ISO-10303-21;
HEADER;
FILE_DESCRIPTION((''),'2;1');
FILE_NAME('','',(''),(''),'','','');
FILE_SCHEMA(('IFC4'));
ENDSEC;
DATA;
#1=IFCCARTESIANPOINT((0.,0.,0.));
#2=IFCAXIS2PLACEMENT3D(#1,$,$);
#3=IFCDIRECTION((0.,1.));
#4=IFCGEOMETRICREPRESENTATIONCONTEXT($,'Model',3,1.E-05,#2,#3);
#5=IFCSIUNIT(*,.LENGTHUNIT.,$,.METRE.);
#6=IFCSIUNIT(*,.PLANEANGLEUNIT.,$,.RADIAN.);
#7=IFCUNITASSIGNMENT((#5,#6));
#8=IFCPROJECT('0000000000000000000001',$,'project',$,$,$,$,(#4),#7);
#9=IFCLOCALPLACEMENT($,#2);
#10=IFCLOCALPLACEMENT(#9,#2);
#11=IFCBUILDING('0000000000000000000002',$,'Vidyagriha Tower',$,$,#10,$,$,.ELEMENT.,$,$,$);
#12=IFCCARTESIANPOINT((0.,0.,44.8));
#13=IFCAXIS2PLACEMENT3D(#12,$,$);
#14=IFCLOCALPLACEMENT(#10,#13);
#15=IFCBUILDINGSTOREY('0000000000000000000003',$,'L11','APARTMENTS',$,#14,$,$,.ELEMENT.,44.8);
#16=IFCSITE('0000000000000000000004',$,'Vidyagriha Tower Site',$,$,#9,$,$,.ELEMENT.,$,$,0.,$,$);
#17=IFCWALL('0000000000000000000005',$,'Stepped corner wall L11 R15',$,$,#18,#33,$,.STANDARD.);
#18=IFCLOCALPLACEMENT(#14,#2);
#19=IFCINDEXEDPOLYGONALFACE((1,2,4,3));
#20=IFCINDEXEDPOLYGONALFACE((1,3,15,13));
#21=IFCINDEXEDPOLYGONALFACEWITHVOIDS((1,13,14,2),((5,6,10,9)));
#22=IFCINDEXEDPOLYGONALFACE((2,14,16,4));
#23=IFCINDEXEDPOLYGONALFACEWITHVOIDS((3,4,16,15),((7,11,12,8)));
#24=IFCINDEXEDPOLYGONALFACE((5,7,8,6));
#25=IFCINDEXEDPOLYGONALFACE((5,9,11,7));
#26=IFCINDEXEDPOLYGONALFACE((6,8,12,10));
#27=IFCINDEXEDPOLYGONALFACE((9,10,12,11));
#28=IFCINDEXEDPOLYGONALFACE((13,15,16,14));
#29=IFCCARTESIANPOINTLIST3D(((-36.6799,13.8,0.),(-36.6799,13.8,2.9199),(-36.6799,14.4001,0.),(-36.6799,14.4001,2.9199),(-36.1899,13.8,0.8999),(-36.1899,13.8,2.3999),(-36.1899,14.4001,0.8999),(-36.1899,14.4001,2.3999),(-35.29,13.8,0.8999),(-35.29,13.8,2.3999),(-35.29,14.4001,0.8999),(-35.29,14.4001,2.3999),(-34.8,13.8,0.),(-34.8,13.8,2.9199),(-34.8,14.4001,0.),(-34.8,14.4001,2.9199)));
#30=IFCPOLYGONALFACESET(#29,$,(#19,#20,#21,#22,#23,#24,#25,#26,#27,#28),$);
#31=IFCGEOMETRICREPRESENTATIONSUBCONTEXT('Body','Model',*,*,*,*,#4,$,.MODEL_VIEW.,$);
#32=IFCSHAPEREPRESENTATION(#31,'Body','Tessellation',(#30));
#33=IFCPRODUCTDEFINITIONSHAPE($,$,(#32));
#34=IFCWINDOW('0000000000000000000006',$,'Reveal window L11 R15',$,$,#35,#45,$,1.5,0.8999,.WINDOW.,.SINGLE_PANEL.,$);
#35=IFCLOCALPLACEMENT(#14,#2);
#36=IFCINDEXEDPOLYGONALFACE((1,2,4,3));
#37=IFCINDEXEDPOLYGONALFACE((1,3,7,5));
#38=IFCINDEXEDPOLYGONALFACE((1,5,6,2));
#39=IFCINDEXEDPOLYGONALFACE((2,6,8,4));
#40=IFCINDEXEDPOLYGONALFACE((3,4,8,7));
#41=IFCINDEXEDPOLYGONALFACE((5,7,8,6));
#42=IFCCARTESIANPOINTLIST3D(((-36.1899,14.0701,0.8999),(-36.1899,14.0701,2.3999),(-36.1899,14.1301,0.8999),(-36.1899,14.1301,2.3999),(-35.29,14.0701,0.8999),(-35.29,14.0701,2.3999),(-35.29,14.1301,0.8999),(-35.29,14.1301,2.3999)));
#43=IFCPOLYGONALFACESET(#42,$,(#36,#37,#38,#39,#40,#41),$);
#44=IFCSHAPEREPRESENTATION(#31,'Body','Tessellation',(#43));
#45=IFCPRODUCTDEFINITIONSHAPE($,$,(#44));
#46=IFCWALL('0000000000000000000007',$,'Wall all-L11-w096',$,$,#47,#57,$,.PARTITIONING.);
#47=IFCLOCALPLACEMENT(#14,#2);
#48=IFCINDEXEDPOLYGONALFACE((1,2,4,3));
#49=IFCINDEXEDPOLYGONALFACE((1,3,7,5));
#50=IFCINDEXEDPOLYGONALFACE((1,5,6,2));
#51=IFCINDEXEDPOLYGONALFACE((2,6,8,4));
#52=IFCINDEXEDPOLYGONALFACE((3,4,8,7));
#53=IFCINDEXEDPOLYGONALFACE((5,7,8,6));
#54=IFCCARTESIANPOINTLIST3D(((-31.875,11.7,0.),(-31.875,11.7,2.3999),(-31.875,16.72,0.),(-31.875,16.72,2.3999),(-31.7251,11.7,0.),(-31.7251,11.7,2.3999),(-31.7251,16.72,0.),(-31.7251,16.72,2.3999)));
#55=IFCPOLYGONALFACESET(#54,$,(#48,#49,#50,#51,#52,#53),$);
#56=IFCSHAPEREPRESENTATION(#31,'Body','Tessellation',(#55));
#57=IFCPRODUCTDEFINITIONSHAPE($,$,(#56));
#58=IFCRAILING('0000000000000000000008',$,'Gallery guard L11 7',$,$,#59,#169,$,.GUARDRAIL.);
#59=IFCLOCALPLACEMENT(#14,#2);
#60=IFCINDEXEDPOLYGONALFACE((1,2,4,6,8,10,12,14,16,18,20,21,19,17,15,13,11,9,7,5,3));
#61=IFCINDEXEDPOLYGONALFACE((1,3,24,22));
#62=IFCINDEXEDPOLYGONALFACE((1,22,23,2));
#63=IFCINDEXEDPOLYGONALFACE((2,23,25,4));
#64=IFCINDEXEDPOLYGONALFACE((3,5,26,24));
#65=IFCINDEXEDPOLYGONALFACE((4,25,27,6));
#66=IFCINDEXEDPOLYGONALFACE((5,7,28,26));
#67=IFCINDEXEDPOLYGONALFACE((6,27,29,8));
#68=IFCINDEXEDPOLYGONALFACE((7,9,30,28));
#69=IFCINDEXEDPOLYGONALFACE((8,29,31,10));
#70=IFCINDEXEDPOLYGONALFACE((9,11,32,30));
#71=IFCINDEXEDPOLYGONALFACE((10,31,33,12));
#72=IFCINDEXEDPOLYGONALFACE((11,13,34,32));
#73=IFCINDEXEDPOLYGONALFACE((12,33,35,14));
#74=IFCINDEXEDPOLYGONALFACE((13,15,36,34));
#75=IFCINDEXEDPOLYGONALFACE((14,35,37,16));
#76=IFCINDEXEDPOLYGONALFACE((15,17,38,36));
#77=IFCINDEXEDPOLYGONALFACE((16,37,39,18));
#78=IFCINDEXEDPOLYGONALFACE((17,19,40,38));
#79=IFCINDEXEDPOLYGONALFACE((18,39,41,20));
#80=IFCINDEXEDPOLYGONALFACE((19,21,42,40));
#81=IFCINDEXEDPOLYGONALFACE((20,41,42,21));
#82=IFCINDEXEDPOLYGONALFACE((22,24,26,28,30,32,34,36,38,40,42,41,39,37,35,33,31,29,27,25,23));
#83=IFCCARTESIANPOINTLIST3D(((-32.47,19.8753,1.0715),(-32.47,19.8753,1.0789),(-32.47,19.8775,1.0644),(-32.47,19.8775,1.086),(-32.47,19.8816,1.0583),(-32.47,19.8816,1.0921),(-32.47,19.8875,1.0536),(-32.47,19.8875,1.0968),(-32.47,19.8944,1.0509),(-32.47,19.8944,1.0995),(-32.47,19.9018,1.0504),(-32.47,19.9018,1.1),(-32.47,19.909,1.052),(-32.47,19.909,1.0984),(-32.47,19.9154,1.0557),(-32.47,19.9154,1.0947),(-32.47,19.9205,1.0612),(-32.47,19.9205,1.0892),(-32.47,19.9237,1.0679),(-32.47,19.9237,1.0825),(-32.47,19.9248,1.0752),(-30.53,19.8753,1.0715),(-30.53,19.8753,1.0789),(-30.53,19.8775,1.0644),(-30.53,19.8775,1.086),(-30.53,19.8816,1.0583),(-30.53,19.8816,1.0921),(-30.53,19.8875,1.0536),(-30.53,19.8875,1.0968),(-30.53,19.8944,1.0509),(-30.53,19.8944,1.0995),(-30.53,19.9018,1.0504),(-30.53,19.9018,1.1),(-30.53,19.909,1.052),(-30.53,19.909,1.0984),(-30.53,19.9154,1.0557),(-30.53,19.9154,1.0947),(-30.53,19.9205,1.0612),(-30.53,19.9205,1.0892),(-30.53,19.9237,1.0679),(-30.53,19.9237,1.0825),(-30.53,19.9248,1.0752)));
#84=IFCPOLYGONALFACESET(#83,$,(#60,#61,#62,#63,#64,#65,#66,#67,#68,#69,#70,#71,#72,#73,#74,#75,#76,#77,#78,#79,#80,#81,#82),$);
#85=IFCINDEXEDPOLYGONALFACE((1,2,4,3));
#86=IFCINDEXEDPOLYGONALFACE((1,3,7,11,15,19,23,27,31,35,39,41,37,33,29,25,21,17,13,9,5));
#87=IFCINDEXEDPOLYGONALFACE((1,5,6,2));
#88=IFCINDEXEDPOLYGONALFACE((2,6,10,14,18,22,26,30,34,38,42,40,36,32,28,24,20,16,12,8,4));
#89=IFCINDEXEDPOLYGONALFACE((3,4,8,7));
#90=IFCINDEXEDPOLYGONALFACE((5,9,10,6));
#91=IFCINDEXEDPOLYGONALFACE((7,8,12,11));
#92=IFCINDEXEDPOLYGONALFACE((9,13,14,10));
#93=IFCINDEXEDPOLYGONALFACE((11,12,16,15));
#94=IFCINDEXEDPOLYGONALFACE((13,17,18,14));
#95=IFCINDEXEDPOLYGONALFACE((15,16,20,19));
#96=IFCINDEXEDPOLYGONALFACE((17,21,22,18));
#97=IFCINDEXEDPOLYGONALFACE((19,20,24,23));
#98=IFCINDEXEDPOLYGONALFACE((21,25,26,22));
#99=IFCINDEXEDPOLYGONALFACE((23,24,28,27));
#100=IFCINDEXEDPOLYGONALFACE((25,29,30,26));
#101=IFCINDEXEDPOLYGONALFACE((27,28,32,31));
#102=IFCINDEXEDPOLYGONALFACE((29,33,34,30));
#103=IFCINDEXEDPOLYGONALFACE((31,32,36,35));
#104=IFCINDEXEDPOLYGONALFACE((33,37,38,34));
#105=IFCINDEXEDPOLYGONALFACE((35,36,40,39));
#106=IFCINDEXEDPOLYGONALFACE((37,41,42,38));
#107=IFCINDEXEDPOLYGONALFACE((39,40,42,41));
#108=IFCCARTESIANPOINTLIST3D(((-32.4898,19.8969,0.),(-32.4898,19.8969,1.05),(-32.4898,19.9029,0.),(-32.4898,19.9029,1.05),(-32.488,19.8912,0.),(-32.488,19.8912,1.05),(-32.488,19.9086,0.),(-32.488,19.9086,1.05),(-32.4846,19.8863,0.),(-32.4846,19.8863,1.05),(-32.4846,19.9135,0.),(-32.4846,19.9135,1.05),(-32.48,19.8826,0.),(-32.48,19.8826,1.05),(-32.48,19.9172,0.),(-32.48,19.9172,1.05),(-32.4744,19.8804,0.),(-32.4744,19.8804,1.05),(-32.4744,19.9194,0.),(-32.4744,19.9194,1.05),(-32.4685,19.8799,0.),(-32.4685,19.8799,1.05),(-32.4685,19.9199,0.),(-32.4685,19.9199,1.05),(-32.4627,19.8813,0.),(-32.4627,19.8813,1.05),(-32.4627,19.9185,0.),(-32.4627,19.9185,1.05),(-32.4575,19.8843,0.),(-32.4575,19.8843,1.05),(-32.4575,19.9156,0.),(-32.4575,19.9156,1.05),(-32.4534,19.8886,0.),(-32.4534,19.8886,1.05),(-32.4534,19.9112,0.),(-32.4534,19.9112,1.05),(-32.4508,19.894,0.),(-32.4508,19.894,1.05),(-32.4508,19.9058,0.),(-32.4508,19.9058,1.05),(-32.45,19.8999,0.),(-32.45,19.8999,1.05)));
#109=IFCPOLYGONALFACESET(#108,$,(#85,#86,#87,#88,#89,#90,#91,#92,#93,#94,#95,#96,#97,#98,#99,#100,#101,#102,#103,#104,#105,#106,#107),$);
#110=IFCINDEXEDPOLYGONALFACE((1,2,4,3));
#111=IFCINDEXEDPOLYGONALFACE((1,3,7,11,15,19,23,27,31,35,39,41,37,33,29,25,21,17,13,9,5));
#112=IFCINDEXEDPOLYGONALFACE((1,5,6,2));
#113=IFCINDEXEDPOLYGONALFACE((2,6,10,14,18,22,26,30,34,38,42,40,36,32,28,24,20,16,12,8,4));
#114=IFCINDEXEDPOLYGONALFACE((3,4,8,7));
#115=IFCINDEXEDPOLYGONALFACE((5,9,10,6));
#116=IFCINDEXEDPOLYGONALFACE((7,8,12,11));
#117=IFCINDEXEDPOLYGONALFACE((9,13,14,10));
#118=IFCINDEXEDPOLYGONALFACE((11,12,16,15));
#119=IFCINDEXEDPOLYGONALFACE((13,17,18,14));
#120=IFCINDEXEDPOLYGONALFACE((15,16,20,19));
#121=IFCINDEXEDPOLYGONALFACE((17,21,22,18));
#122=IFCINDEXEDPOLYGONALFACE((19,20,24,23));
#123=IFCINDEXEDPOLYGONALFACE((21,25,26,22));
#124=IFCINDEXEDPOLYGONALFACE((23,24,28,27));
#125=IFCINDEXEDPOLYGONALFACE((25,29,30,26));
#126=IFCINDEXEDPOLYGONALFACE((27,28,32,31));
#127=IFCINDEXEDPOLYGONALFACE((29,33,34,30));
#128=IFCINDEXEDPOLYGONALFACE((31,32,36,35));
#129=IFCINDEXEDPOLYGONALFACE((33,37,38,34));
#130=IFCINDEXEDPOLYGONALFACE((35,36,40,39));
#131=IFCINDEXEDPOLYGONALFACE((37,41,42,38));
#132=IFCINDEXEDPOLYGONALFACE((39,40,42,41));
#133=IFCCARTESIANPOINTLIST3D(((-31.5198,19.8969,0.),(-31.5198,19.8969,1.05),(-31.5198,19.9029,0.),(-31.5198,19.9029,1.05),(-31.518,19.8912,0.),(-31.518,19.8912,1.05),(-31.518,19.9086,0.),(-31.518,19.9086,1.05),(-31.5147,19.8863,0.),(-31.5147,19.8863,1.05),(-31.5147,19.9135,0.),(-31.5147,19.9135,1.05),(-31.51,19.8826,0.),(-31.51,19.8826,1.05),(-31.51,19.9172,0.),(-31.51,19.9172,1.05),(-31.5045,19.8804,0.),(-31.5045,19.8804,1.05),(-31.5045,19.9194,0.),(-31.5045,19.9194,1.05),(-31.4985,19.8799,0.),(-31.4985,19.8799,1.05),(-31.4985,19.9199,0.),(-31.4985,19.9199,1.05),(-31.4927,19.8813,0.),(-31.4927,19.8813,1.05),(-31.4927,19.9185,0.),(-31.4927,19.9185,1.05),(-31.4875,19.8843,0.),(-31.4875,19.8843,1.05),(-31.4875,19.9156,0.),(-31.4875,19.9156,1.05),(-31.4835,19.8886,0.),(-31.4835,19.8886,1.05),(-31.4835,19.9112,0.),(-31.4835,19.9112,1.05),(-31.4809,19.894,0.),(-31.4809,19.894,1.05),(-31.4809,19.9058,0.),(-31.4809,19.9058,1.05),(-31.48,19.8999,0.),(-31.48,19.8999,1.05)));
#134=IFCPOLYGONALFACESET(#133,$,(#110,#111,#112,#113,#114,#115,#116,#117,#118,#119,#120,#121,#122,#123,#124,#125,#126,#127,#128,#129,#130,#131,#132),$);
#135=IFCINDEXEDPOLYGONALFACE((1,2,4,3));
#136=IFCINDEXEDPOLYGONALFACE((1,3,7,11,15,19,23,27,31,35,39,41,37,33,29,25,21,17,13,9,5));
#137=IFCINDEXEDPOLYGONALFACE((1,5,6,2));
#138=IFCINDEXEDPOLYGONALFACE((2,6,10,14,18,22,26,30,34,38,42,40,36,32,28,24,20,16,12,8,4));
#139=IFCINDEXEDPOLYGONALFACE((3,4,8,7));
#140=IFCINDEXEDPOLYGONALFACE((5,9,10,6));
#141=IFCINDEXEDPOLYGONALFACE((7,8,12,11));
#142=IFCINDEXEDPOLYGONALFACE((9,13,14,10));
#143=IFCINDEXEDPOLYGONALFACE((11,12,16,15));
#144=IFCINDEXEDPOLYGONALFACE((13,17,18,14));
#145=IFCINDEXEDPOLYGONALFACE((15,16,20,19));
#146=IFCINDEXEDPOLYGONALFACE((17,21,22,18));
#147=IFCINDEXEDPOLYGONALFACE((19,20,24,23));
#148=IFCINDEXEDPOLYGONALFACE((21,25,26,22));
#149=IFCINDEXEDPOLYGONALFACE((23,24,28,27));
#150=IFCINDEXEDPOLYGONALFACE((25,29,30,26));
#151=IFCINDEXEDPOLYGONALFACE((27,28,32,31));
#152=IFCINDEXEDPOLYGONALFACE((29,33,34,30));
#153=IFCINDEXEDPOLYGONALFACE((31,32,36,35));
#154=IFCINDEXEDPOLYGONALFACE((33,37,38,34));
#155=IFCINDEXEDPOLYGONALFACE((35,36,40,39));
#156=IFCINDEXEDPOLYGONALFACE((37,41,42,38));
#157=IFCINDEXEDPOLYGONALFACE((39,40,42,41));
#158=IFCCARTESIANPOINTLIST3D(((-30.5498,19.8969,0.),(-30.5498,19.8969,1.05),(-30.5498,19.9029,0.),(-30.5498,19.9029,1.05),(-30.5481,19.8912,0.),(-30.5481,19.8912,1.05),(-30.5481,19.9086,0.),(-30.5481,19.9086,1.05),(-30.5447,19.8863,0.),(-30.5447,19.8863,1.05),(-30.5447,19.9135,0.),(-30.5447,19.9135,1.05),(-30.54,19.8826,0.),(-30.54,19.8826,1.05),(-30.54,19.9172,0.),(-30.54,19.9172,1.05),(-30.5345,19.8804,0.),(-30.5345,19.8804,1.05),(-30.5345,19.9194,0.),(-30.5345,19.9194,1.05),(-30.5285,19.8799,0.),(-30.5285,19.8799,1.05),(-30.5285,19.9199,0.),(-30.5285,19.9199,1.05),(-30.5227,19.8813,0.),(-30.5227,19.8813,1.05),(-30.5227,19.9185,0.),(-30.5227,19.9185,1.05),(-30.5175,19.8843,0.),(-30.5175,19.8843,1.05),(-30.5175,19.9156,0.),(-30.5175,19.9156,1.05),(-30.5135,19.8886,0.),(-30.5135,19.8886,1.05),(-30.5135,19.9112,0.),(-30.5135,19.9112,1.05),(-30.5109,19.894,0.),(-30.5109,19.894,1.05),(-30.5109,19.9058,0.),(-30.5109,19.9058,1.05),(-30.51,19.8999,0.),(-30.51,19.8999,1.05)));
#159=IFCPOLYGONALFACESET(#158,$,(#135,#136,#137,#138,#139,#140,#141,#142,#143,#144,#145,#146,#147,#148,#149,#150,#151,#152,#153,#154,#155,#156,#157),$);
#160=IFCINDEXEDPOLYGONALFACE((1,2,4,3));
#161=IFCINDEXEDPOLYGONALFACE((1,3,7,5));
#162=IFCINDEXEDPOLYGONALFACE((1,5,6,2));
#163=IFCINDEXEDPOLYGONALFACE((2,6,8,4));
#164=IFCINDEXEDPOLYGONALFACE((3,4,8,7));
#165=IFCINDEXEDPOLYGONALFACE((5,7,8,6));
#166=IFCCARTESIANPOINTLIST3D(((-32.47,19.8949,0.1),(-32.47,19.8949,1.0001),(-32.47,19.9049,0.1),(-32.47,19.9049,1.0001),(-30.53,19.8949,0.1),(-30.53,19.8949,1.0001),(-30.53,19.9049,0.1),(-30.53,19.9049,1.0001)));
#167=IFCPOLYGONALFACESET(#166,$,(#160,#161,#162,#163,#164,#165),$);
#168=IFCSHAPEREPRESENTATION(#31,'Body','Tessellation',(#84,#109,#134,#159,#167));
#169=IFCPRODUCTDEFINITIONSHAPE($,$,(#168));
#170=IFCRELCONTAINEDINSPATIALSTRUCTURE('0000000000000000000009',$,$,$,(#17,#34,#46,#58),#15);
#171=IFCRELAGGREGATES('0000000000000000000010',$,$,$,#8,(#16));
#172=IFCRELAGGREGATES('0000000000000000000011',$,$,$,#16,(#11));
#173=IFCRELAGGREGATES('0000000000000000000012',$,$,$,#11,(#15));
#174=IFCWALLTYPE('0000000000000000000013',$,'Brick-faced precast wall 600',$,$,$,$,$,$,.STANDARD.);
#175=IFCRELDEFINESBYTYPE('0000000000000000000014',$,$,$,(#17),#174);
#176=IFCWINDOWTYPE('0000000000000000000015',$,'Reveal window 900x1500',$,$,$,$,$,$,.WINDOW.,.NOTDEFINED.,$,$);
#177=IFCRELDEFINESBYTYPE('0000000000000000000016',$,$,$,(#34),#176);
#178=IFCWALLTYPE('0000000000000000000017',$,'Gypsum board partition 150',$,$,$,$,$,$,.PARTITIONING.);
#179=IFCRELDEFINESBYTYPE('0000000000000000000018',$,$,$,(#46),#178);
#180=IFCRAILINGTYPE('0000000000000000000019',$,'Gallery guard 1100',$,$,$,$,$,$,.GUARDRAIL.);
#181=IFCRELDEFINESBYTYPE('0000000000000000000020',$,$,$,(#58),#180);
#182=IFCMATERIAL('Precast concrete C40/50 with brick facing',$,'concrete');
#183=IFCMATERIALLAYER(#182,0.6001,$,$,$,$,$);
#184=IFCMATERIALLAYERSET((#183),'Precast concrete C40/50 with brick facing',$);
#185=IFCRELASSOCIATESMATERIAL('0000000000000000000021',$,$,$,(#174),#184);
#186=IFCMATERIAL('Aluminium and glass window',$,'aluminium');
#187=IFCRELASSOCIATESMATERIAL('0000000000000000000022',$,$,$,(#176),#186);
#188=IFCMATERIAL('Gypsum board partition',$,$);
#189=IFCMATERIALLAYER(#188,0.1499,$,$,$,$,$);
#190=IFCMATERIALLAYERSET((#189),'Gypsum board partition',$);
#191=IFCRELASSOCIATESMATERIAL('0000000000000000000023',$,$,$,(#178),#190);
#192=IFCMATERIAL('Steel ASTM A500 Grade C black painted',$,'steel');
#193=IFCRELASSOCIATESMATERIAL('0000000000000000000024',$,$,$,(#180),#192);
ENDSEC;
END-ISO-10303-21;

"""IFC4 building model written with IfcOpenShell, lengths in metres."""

from ifc_helpers import new_model, si_unit, direction, frame, frame_2d, origin, origin_2d, place, context, subcontext, project, spatial, rectangle, circle, extrude, material, layer, layer_set, type_object, element, fill, save


model = new_model("IFC4")

# Units and contexts
model_context = context("Model", 3, precision=1e-05, world=origin(), true_north=direction((0.0, 1.0)))
body_context = subcontext(model_context, "Body", "Model", "MODEL_VIEW")
ifc_project = project(units=[si_unit("LENGTHUNIT", "METRE"), si_unit("PLANEANGLEUNIT", "RADIAN")], contexts=[model_context])

# Site, building, storey
site_placement = place(None, origin())
site = spatial("IfcSite", under=ifc_project, at=site_placement, Name="Vidyagriha Tower Site", CompositionType="ELEMENT", RefElevation=0.0)
building_placement = place(site_placement, origin())
building = spatial("IfcBuilding", under=site, at=building_placement, Name="Vidyagriha Tower", CompositionType="ELEMENT")
storey_placement = place(building_placement, frame((0.0, 0.0, 44.8)))
storey = spatial("IfcBuildingStorey", under=building, at=storey_placement, Name="L11", Description="APARTMENTS", CompositionType="ELEMENT", Elevation=44.8)

# Shared definitions
ifc_material_1 = material(Name="Precast concrete C40/50 with brick facing", Category="concrete")
ifc_layer_1 = layer(ifc_material_1, 0.6001)
ifc_layer_set_1 = layer_set([ifc_layer_1], Name="Precast concrete C40/50 with brick facing")
wall_type_1 = type_object("IfcWallType", Name="Brick-faced precast wall 600", PredefinedType="STANDARD", material=ifc_layer_set_1)

# Shared definitions
ifc_material_2 = material(Name="Aluminium and glass window", Category="aluminium")
window_type = type_object("IfcWindowType", Name="Reveal window 900x1500", PartitioningType="NOTDEFINED", PredefinedType="WINDOW", material=ifc_material_2)

# Wall, opening, window
wall_1_placement = place(storey_placement, frame((-34.8, 14.1001, 0.0), z_axis=(0.0, 0.0, 1.0), x_axis=(-1.0, 0.0, 0.0)))
wall_1 = element("IfcWall", 1, at=wall_1_placement, inside=storey, type_object=wall_type_1, Name="Stepped corner wall L11 R15", PredefinedType="STANDARD", context=body_context, shape_type="SweptSolid", body=[
    extrude(rectangle(XDim=1.8799, YDim=0.6001, at=frame_2d((0.9399, 0.0))), origin(), (0.0, 0.0, 1.0), 2.9199),
])
opening_1_placement = place(wall_1_placement, frame((0.49, 0.0, 0.8999)))
opening_1 = element("IfcOpeningElement", 2, at=opening_1_placement, cuts=wall_1, PredefinedType="OPENING", context=body_context, shape_type="SweptSolid", body=[
    extrude(rectangle(XDim=0.8999, YDim=1.5, at=frame_2d((0.45, 0.75))), frame((0.0, 0.3101, 0.0), z_axis=(0.0, -1.0, 0.0), x_axis=(1.0, 0.0, 0.0)), (0.0, 0.0, 1.0), 0.6201),
])
window_1_placement = place(opening_1_placement, origin())
window_1 = element("IfcWindow", 3, at=window_1_placement, inside=storey, type_object=window_type, Name="Reveal window L11 R15", OverallHeight=1.5, OverallWidth=0.8999, PartitioningType="SINGLE_PANEL", PredefinedType="WINDOW", context=body_context, shape_type="SweptSolid", body=[
    extrude(rectangle(XDim=0.8999, YDim=1.5, at=frame_2d((0.45, 0.75))), frame((0.0, 0.03, 0.0), z_axis=(0.0, -1.0, 0.0), x_axis=(1.0, 0.0, 0.0)), (0.0, 0.0, 1.0), 0.0601),
])
fill(opening_1, window_1)

# Wall
ifc_material_3 = material(Name="Gypsum board partition")
ifc_layer_2 = layer(ifc_material_3, 0.1499)
ifc_layer_set_2 = layer_set([ifc_layer_2], Name="Gypsum board partition")
wall_type_2 = type_object("IfcWallType", Name="Gypsum board partition 150", PredefinedType="PARTITIONING", material=ifc_layer_set_2)
wall_2_placement = place(storey_placement, frame((-31.8, 16.72, 0.0), z_axis=(0.0, 0.0, 1.0), x_axis=(0.0, -1.0, 0.0)))
element("IfcWall", 4, at=wall_2_placement, inside=storey, type_object=wall_type_2, Name="Wall all-L11-w096", PredefinedType="PARTITIONING", context=body_context, shape_type="SweptSolid", body=[
    extrude(rectangle(XDim=5.02, YDim=0.1499, at=frame_2d((2.51, 0.0))), origin(), (0.0, 0.0, 1.0), 2.3999),
])

# Railing
ifc_material_4 = material(Name="Steel ASTM A500 Grade C black painted", Category="steel")
railing_type = type_object("IfcRailingType", Name="Gallery guard 1100", PredefinedType="GUARDRAIL", material=ifc_material_4)
railing_1_placement = place(storey_placement, frame((-32.47, 19.8999, 0.0)))
element("IfcRailing", 5, at=railing_1_placement, inside=storey, type_object=railing_type, Name="Gallery guard L11 7", PredefinedType="GUARDRAIL", context=body_context, shape_type="SweptSolid", body=[
    extrude(circle(Radius=0.0249, at=origin_2d()), frame((0.0, 0.0, 1.0752), z_axis=(1.0, 0.0, 0.0), x_axis=(0.0, 1.0, 0.0)), (0.0, 0.0, 1.0), 1.9399),
    extrude(circle(Radius=0.02, at=origin_2d()), origin(), (0.0, 0.0, 1.0), 1.05),
    extrude(circle(Radius=0.02, at=origin_2d()), frame((0.97, 0.0, 0.0)), (0.0, 0.0, 1.0), 1.05),
    extrude(circle(Radius=0.02, at=origin_2d()), frame((1.9399, 0.0, 0.0)), (0.0, 0.0, 1.0), 1.05),
    extrude(rectangle(XDim=0.01, YDim=0.9001, at=origin_2d()), frame((0.0, 0.0, 0.55), z_axis=(1.0, 0.0, 0.0), x_axis=(0.0, 1.0, 0.0)), (0.0, 0.0, 1.0), 1.9399),
])

save(model, "model.ifc")
